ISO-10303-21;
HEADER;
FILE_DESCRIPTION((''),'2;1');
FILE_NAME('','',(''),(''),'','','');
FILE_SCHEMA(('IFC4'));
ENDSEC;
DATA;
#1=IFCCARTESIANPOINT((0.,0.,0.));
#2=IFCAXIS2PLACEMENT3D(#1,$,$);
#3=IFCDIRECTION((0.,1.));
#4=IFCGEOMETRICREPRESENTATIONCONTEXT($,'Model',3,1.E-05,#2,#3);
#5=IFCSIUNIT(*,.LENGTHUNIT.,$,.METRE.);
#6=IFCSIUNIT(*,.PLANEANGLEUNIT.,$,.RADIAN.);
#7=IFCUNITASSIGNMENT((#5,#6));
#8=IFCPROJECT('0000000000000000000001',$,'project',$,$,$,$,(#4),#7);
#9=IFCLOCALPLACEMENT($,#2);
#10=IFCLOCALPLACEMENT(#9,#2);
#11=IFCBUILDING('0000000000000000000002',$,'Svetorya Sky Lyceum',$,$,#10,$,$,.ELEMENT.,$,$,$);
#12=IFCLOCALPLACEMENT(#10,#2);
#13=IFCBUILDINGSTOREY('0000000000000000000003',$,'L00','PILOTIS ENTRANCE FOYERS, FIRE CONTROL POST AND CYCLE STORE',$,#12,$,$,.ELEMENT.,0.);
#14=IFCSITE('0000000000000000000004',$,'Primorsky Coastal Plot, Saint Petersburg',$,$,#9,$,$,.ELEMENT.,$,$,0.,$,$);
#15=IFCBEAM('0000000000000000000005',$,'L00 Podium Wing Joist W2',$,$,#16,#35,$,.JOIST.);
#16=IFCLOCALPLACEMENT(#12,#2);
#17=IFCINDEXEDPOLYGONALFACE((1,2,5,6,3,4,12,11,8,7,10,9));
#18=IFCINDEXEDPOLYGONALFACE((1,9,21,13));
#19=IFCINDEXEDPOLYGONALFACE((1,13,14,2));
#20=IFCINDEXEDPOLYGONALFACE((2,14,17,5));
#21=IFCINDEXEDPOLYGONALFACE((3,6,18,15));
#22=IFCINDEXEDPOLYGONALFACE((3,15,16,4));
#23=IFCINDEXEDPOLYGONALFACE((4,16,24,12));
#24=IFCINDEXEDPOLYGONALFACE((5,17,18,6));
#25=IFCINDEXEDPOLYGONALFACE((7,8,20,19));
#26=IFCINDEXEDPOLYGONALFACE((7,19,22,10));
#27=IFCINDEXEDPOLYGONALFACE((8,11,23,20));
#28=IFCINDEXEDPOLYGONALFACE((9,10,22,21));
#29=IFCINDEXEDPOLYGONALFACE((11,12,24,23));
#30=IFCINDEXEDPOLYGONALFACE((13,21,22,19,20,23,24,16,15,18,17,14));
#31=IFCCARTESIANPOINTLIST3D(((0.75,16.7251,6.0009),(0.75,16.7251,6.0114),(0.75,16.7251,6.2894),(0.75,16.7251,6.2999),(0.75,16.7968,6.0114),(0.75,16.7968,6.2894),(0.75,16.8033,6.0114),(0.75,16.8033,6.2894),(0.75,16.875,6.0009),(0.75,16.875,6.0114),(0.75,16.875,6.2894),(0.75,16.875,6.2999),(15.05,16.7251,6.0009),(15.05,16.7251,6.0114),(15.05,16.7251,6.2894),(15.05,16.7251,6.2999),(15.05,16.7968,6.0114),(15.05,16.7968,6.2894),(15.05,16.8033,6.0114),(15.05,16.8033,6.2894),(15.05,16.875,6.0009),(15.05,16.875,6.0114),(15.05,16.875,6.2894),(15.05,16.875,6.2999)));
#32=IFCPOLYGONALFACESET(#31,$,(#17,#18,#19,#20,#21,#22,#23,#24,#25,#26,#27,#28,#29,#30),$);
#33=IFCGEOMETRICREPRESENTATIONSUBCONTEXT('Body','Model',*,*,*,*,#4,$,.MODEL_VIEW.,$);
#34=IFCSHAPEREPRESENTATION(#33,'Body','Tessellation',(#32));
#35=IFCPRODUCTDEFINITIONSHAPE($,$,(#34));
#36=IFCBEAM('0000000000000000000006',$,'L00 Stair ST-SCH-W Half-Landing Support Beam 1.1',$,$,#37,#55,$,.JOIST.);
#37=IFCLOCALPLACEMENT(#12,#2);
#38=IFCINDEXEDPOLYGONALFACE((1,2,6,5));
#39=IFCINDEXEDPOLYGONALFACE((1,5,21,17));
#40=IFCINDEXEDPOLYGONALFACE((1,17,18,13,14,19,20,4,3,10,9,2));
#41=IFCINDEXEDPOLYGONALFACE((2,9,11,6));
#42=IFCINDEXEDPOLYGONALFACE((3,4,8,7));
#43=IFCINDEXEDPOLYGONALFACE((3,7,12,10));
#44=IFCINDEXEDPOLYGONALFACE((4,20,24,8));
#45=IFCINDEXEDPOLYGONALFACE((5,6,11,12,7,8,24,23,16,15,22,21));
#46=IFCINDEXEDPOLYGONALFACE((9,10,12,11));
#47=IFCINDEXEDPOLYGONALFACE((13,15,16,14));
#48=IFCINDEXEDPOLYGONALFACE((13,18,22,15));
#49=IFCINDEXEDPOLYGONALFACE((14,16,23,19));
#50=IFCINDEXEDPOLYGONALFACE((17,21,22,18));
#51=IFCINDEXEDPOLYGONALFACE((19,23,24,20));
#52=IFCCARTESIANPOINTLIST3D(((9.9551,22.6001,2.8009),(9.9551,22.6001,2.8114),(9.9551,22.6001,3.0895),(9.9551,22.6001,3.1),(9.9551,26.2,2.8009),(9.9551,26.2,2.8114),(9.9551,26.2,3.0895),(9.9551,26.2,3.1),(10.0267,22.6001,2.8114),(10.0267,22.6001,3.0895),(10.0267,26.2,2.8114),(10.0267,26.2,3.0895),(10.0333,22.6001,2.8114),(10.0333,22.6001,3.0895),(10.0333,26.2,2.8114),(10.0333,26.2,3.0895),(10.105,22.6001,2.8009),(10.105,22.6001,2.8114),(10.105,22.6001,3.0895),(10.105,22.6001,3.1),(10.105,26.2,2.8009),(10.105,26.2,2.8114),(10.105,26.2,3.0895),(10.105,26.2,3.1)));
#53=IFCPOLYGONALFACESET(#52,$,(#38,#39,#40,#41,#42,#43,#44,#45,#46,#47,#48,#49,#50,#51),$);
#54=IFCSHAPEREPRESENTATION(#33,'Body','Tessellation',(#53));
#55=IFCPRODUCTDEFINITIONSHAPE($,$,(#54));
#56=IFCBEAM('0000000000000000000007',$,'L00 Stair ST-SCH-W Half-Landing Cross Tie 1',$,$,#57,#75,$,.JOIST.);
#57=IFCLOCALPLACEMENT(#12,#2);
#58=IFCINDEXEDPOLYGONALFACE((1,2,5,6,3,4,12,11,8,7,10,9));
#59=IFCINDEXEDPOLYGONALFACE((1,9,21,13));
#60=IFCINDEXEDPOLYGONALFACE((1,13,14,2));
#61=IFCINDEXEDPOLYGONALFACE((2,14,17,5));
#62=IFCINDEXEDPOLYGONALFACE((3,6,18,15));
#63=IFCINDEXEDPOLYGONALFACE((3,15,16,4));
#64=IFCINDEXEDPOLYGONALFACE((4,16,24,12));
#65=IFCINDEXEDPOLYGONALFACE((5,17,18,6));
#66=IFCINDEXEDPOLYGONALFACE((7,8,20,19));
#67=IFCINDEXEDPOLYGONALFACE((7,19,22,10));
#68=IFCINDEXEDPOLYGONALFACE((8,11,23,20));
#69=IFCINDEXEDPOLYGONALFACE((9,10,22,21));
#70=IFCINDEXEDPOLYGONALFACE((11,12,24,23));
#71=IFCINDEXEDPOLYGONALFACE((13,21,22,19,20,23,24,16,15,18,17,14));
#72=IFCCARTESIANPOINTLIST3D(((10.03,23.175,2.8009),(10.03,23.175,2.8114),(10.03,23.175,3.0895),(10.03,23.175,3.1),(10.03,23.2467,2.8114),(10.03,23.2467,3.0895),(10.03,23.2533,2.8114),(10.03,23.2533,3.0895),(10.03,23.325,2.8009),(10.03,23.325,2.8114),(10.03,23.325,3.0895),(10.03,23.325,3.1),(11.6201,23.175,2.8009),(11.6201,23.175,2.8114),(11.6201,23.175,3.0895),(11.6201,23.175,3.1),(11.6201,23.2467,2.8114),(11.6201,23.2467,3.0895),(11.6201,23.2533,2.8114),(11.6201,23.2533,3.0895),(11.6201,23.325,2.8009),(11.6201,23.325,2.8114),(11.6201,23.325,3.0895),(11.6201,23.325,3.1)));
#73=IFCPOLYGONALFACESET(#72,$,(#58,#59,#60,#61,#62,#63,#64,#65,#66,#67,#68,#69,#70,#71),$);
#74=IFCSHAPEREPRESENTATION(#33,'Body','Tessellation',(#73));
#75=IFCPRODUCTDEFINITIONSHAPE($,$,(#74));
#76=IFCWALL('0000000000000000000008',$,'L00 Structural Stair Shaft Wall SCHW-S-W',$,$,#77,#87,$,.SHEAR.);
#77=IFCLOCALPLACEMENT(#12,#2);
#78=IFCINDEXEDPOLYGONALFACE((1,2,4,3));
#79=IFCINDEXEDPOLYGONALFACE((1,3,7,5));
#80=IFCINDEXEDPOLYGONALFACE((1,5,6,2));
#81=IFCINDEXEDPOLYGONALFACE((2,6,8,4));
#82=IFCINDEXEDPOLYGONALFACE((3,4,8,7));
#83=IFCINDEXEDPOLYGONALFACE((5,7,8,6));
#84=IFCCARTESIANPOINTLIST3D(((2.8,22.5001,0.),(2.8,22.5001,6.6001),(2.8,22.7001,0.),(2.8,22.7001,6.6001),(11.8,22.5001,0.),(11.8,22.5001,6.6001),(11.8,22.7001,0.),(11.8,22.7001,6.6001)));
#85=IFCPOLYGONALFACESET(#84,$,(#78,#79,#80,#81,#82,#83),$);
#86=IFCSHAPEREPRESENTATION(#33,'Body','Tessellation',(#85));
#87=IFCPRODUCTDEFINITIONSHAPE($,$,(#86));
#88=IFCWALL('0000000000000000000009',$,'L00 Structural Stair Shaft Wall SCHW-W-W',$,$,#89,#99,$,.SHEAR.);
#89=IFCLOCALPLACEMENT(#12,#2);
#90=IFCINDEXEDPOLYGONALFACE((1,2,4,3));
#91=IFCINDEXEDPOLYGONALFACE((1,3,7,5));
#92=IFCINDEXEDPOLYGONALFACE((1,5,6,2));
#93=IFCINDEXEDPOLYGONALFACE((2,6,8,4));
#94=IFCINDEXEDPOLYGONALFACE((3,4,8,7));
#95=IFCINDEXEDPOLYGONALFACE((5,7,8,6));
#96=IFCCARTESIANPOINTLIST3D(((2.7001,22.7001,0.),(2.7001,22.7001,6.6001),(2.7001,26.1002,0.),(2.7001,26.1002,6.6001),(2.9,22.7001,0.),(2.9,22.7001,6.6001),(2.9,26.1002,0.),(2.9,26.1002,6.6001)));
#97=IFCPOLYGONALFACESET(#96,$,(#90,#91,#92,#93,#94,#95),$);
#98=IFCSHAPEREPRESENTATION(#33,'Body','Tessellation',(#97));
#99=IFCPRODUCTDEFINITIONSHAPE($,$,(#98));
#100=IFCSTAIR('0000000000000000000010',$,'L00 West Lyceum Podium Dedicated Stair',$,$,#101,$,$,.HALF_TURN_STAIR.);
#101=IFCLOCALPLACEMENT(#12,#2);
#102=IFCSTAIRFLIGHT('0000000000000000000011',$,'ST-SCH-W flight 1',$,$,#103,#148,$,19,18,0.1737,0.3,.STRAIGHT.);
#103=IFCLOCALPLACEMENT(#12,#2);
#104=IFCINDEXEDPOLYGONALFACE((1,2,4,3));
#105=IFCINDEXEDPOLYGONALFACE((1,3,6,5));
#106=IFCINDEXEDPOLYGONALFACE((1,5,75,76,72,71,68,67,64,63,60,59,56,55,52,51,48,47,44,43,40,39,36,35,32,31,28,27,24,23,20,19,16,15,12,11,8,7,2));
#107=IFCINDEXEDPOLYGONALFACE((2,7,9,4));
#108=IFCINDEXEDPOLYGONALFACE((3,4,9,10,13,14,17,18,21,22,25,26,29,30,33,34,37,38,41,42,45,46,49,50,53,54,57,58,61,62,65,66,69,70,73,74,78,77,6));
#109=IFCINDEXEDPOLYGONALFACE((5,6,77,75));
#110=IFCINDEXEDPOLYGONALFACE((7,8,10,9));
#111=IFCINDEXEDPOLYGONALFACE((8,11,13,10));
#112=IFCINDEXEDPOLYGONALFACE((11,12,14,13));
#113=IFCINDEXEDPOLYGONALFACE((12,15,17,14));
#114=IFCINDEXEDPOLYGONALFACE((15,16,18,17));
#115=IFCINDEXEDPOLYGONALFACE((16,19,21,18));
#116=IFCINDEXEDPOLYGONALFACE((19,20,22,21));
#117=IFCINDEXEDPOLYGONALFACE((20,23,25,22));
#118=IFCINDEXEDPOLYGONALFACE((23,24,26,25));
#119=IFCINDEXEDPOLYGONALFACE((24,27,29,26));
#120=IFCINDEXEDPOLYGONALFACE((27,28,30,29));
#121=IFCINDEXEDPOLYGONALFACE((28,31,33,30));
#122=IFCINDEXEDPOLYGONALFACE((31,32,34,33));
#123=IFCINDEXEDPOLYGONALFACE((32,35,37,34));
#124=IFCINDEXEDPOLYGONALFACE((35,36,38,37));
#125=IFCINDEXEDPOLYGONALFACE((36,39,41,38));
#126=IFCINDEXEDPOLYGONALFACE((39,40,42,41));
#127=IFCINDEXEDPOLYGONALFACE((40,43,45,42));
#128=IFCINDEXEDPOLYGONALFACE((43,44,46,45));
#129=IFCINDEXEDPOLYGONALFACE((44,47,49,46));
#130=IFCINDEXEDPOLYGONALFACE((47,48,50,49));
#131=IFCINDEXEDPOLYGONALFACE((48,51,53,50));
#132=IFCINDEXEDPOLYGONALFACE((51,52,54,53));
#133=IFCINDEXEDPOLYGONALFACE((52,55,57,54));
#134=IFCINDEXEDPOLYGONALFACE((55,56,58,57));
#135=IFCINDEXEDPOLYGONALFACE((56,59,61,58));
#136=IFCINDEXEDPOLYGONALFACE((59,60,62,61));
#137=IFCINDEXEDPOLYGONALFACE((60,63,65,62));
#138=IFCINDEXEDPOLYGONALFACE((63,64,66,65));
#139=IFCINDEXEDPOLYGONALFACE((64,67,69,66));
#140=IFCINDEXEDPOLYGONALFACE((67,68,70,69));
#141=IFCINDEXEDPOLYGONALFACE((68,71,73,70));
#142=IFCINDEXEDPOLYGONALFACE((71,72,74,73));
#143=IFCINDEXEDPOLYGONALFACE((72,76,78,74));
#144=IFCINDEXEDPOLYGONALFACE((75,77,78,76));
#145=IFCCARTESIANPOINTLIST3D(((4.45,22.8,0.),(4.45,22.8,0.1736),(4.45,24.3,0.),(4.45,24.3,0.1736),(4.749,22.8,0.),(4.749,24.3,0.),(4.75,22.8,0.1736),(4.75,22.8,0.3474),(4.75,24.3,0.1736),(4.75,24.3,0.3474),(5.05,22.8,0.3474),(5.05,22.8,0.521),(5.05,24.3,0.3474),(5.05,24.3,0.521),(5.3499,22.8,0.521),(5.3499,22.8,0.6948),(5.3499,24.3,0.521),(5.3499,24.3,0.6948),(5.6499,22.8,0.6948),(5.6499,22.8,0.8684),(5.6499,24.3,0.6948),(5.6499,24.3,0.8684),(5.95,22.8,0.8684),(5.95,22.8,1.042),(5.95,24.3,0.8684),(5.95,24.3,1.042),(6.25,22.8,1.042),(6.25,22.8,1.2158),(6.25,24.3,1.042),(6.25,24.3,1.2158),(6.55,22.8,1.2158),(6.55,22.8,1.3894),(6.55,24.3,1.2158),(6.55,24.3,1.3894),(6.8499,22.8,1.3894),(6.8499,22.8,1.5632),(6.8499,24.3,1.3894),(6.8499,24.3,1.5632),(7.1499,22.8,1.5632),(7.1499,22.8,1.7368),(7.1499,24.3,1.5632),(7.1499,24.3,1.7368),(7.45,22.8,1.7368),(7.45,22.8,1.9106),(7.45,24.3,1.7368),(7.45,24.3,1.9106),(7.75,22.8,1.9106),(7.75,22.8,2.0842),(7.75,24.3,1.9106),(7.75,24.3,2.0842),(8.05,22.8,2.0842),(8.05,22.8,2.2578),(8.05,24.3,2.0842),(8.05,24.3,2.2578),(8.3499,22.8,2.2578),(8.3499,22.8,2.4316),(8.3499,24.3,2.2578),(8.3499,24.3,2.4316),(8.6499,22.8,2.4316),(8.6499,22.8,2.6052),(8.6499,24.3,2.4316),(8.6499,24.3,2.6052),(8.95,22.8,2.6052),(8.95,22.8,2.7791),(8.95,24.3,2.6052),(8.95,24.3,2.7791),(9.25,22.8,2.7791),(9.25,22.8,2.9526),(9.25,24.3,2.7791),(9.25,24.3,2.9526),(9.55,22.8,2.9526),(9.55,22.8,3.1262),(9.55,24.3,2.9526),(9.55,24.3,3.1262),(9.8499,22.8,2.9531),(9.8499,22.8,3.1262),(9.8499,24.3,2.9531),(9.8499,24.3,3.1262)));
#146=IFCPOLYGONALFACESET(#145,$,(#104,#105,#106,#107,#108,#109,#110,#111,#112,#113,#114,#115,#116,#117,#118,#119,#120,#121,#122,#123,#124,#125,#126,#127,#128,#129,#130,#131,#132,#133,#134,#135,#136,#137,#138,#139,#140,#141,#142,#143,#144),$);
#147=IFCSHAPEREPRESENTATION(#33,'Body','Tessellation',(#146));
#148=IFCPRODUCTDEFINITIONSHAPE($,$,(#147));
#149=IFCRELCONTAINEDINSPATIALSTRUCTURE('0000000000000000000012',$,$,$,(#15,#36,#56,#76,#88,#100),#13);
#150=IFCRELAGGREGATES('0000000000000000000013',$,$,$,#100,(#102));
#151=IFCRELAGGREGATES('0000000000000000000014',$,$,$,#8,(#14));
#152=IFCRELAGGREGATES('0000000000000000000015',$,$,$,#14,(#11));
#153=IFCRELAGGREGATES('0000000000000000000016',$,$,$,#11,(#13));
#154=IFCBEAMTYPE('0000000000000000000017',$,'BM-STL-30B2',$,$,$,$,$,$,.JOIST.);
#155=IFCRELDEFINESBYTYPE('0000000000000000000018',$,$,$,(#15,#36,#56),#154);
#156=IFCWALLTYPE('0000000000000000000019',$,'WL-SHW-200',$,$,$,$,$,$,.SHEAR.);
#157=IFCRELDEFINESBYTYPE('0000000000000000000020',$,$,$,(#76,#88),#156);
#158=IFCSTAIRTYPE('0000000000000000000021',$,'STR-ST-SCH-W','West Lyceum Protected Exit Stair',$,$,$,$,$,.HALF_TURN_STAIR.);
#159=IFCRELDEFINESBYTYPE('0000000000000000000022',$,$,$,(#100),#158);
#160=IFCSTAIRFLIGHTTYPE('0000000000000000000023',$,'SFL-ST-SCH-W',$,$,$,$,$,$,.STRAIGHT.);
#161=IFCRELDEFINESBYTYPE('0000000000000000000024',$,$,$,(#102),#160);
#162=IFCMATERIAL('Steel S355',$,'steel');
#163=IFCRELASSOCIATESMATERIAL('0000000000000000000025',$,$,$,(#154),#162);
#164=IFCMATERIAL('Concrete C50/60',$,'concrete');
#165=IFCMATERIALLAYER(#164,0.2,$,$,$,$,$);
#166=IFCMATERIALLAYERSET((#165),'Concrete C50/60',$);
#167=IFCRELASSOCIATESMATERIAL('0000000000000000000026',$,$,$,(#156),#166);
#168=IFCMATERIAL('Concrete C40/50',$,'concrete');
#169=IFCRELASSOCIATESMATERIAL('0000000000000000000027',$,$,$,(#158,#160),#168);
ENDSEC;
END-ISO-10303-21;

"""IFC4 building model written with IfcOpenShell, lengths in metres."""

from ifc_helpers import new_model, si_unit, direction, frame, frame_2d, origin, origin_2d, place, context, subcontext, project, spatial, polyline, rectangle, i_section, outline, extrude, material, layer, layer_set, material_profile, profile_set, type_object, element, aggregate, save


model = new_model("IFC4")

# Units and contexts
model_context = context("Model", 3, precision=1e-05, world=origin(), true_north=direction((0.0, 1.0)))
body_context = subcontext(model_context, "Body", "Model", "MODEL_VIEW")
ifc_project = project(units=[si_unit("LENGTHUNIT", "METRE"), si_unit("PLANEANGLEUNIT", "RADIAN")], contexts=[model_context])

# Site, building, storey
site_placement = place(None, origin())
site = spatial("IfcSite", under=ifc_project, at=site_placement, Name="Primorsky Coastal Plot, Saint Petersburg", CompositionType="ELEMENT", RefElevation=0.0)
building_placement = place(site_placement, origin())
building = spatial("IfcBuilding", under=site, at=building_placement, Name="Svetorya Sky Lyceum", CompositionType="ELEMENT")
storey_placement = place(building_placement, origin())
storey = spatial("IfcBuildingStorey", under=building, at=storey_placement, Name="L00", Description="PILOTIS ENTRANCE FOYERS, FIRE CONTROL POST AND CYCLE STORE", CompositionType="ELEMENT", Elevation=0.0)

# Beams
ifc_material_1 = material(Name="Steel S355", Category="steel")
ifc_material_profile = material_profile(ifc_material_1, i_section(OverallWidth=0.1499, OverallDepth=0.2991, WebThickness=0.0066, FlangeThickness=0.0105, at=origin_2d()), Name="GOST 30B2")
ifc_profile_set = profile_set([ifc_material_profile], Name="Steel S355")
beam_type = type_object("IfcBeamType", Name="BM-STL-30B2", PredefinedType="JOIST", material=ifc_profile_set)
beam_1_placement = place(storey_placement, frame((0.75, 16.8, 6.1504), z_axis=(1.0, 0.0, 0.0), x_axis=(0.0, 1.0, 0.0)))
element("IfcBeam", 1, at=beam_1_placement, inside=storey, type_object=beam_type, Name="L00 Podium Wing Joist W2", PredefinedType="JOIST", context=body_context, shape_type="SweptSolid", body=[
    extrude(i_section(OverallWidth=0.1499, OverallDepth=0.2991, WebThickness=0.0066, FlangeThickness=0.0105, at=origin_2d()), origin(), (0.0, 0.0, 1.0), 14.3),
])
beam_2_placement = place(storey_placement, frame((10.03, 22.6001, 2.9504), z_axis=(0.0, 1.0, 0.0), x_axis=(-1.0, 0.0, 0.0)))
element("IfcBeam", 2, at=beam_2_placement, inside=storey, type_object=beam_type, Name="L00 Stair ST-SCH-W Half-Landing Support Beam 1.1", PredefinedType="JOIST", context=body_context, shape_type="SweptSolid", body=[
    extrude(i_section(OverallWidth=0.1499, OverallDepth=0.2991, WebThickness=0.0066, FlangeThickness=0.0105, at=origin_2d()), origin(), (0.0, 0.0, 1.0), 3.5999),
])
beam_3_placement = place(storey_placement, frame((10.03, 23.25, 2.9504), z_axis=(1.0, 0.0, 0.0), x_axis=(0.0, 1.0, 0.0)))
element("IfcBeam", 3, at=beam_3_placement, inside=storey, type_object=beam_type, Name="L00 Stair ST-SCH-W Half-Landing Cross Tie 1", PredefinedType="JOIST", context=body_context, shape_type="SweptSolid", body=[
    extrude(i_section(OverallWidth=0.1499, OverallDepth=0.2991, WebThickness=0.0066, FlangeThickness=0.0105, at=origin_2d()), origin(), (0.0, 0.0, 1.0), 1.5901),
])

# Walls
ifc_material_2 = material(Name="Concrete C50/60", Category="concrete")
ifc_layer = layer(ifc_material_2, 0.2)
ifc_layer_set = layer_set([ifc_layer], Name="Concrete C50/60")
wall_type = type_object("IfcWallType", Name="WL-SHW-200", PredefinedType="SHEAR", material=ifc_layer_set)
wall_1_placement = place(storey_placement, frame((2.8, 22.6001, 0.0), z_axis=(0.0, 0.0, 1.0), x_axis=(1.0, 0.0, 0.0)))
element("IfcWall", 4, at=wall_1_placement, inside=storey, type_object=wall_type, Name="L00 Structural Stair Shaft Wall SCHW-S-W", PredefinedType="SHEAR", context=body_context, shape_type="SweptSolid", body=[
    extrude(rectangle(XDim=9.0, YDim=0.2, at=frame_2d((4.5, 0.0))), origin(), (0.0, 0.0, 1.0), 6.6001),
])
wall_2_placement = place(storey_placement, frame((2.8, 22.7, 0.0), z_axis=(0.0, 0.0, 1.0), x_axis=(0.0, 1.0, 0.0)))
element("IfcWall", 5, at=wall_2_placement, inside=storey, type_object=wall_type, Name="L00 Structural Stair Shaft Wall SCHW-W-W", PredefinedType="SHEAR", context=body_context, shape_type="SweptSolid", body=[
    extrude(rectangle(XDim=3.4001, YDim=0.2, at=frame_2d((1.7002, 0.0))), origin(), (0.0, 0.0, 1.0), 6.6001),
])

# Stair, stair flight
ifc_material_3 = material(Name="Concrete C40/50", Category="concrete")
stair_type = type_object("IfcStairType", Name="STR-ST-SCH-W", Description="West Lyceum Protected Exit Stair", PredefinedType="HALF_TURN_STAIR", material=ifc_material_3)
stair_placement = place(storey_placement, origin())
stair = element("IfcStair", 6, at=stair_placement, inside=storey, type_object=stair_type, Name="L00 West Lyceum Podium Dedicated Stair", PredefinedType="HALF_TURN_STAIR")
stair_flight_type = type_object("IfcStairFlightType", Name="SFL-ST-SCH-W", PredefinedType="STRAIGHT", material=ifc_material_3)
stair_flight_1_placement = place(storey_placement, frame((4.45, 23.55, 0.0), z_axis=(0.0, 0.0, 1.0), x_axis=(1.0, 0.0, 0.0)))
stair_flight_1 = element("IfcStairFlight", 7, at=stair_flight_1_placement, type_object=stair_flight_type, Name="ST-SCH-W flight 1", NumberOfRisers=19, NumberOfTreads=18, PredefinedType="STRAIGHT", RiserHeight=0.1737, TreadLength=0.3, context=body_context, shape_type="SweptSolid", body=[
    extrude(outline(polyline([(0.0, 0.0), (0.0, 0.1736), (0.3, 0.1736), (0.3, 0.3474), (0.6001, 0.3474), (0.6001, 0.521), (0.8999, 0.521), (0.8999, 0.6948), (1.2, 0.6948), (1.2, 0.8684), (1.5, 0.8684), (1.5, 1.042), (1.8, 1.042), (1.8, 1.2158), (2.1001, 1.2158), (2.1001, 1.3894), (2.3999, 1.3894), (2.3999, 1.5632), (2.7, 1.5632), (2.7, 1.7368), (3.0, 1.7368), (3.0, 1.9106), (3.3, 1.9106), (3.3, 2.0842), (3.6001, 2.0842), (3.6001, 2.2578), (3.8999, 2.2578), (3.8999, 2.4316), (4.2, 2.4316), (4.2, 2.6052), (4.5, 2.6052), (4.5, 2.7791), (4.8, 2.7791), (4.8, 2.9526), (5.1001, 2.9526), (5.1001, 3.1262), (5.3999, 3.1262), (5.3999, 3.3), (5.3999, 2.9531), (0.2991, 0.0), (0.0, 0.0)])), frame((0.0, 0.75, 0.0), z_axis=(0.0, -1.0, 0.0), x_axis=(1.0, 0.0, 0.0)), (0.0, 0.0, 1.0), 1.5),
])
aggregate(stair, [stair_flight_1])

save(model, "model.ifc")
